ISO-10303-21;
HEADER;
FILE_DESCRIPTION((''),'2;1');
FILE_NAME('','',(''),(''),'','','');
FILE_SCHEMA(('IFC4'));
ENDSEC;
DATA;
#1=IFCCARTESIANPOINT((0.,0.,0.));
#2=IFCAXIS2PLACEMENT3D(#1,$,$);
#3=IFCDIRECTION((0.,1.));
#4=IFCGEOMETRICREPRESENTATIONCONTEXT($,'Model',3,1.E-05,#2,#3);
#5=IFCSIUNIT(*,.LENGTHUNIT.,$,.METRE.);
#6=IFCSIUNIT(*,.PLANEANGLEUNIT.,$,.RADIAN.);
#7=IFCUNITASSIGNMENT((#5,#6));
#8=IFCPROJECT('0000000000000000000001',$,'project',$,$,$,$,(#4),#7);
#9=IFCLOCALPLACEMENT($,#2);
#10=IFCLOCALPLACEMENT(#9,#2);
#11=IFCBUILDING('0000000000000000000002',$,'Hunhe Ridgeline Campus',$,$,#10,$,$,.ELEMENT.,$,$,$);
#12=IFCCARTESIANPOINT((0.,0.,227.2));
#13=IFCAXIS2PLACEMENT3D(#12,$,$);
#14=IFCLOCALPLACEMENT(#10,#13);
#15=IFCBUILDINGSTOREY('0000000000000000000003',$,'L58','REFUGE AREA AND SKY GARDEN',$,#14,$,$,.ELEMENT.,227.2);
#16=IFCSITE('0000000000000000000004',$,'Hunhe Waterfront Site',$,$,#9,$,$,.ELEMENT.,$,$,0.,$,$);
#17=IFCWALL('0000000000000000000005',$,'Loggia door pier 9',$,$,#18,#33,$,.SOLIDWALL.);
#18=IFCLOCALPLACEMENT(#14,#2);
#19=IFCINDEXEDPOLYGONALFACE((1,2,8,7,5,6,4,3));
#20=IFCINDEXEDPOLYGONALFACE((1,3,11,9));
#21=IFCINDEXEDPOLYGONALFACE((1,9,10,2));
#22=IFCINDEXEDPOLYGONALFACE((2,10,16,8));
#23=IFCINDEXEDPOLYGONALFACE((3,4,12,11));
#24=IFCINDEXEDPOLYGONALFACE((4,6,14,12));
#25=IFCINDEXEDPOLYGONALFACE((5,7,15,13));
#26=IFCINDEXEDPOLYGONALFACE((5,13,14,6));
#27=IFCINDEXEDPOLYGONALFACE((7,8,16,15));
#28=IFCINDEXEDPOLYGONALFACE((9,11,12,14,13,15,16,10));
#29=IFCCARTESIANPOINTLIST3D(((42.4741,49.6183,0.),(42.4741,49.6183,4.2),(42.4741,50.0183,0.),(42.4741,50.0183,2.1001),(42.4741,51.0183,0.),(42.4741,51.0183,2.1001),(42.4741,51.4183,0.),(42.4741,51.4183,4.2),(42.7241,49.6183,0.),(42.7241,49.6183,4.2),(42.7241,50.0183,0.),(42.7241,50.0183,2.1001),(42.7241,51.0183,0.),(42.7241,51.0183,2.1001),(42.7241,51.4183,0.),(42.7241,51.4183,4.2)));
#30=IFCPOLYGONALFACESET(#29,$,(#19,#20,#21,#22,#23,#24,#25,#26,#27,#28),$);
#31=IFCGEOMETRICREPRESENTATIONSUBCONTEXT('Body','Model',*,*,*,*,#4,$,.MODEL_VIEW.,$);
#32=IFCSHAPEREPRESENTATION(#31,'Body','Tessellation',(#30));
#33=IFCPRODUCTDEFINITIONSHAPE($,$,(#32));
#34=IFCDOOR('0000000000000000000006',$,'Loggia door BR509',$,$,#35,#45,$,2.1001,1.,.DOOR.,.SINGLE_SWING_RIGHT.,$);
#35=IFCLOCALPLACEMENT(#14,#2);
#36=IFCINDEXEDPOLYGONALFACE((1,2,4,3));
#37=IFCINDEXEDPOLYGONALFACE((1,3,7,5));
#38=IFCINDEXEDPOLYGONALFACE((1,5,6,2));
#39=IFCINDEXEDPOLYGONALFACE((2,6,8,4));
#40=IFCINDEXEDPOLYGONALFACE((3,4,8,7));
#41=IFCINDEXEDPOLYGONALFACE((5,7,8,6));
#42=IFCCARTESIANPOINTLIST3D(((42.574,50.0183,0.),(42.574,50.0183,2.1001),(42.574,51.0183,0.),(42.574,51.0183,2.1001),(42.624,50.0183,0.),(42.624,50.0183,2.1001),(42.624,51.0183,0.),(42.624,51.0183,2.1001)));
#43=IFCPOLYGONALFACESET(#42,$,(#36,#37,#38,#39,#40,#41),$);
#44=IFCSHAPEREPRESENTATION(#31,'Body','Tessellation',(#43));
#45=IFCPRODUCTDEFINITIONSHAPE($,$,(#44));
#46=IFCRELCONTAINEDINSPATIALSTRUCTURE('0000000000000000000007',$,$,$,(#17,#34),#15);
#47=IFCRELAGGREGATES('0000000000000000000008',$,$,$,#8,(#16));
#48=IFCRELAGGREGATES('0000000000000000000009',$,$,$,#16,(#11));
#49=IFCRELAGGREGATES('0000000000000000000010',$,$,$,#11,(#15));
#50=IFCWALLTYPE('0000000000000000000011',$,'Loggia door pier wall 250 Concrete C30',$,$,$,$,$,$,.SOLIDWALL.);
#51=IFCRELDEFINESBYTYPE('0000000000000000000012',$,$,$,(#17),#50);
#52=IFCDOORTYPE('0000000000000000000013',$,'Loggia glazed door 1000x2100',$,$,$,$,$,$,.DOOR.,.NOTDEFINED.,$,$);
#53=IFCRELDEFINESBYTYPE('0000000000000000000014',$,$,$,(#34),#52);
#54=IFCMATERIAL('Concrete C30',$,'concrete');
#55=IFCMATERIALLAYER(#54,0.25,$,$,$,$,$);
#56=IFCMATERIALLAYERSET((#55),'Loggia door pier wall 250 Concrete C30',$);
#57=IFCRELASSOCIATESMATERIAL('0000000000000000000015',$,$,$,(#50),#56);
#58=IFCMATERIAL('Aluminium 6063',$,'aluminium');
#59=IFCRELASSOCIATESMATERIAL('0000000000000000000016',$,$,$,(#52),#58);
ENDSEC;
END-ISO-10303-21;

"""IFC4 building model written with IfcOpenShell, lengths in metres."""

from ifc_helpers import new_model, si_unit, direction, frame, frame_2d, origin, place, context, subcontext, project, spatial, rectangle, extrude, material, layer, layer_set, type_object, element, fill, save


model = new_model("IFC4")

# Units and contexts
model_context = context("Model", 3, precision=1e-05, world=origin(), true_north=direction((0.0, 1.0)))
body_context = subcontext(model_context, "Body", "Model", "MODEL_VIEW")
ifc_project = project(units=[si_unit("LENGTHUNIT", "METRE"), si_unit("PLANEANGLEUNIT", "RADIAN")], contexts=[model_context])

# Site, building, storey
site_placement = place(None, origin())
site = spatial("IfcSite", under=ifc_project, at=site_placement, Name="Hunhe Waterfront Site", CompositionType="ELEMENT", RefElevation=0.0)
building_placement = place(site_placement, origin())
building = spatial("IfcBuilding", under=site, at=building_placement, Name="Hunhe Ridgeline Campus", CompositionType="ELEMENT")
storey_placement = place(building_placement, frame((0.0, 0.0, 227.2)))
storey = spatial("IfcBuildingStorey", under=building, at=storey_placement, Name="L58", Description="REFUGE AREA AND SKY GARDEN", CompositionType="ELEMENT", Elevation=227.2)

# Shared definitions
ifc_material_1 = material(Name="Aluminium 6063", Category="aluminium")

# Wall, opening, door
ifc_material_2 = material(Name="Concrete C30", Category="concrete")
ifc_layer_1 = layer(ifc_material_2, 0.25)
ifc_layer_set_1 = layer_set([ifc_layer_1], Name="Loggia door pier wall 250 Concrete C30")
wall_type_1 = type_object("IfcWallType", Name="Loggia door pier wall 250 Concrete C30", PredefinedType="SOLIDWALL", material=ifc_layer_set_1)
wall_1_placement = place(storey_placement, frame((42.5991, 49.6184, 0.0), z_axis=(0.0, 0.0, 1.0), x_axis=(0.0, 1.0, 0.0)))
wall_1 = element("IfcWall", 1, at=wall_1_placement, inside=storey, type_object=wall_type_1, Name="Loggia door pier 9", PredefinedType="SOLIDWALL", context=body_context, shape_type="SweptSolid", body=[
    extrude(rectangle(XDim=1.8, YDim=0.25, at=frame_2d((0.8999, 0.0))), origin(), (0.0, 0.0, 1.0), 4.2),
])
opening_1_placement = place(wall_1_placement, frame((0.3999, 0.0, 0.0)))
opening_1 = element("IfcOpeningElement", 2, at=opening_1_placement, cuts=wall_1, PredefinedType="OPENING", context=body_context, shape_type="SweptSolid", body=[
    extrude(rectangle(XDim=1.0, YDim=2.1001, at=frame_2d((0.5, 1.05))), frame((0.0, 0.125, 0.0), z_axis=(0.0, -1.0, 0.0), x_axis=(1.0, 0.0, 0.0)), (0.0, 0.0, 1.0), 0.25),
])
door_type_1 = type_object("IfcDoorType", Name="Loggia glazed door 1000x2100", OperationType="NOTDEFINED", PredefinedType="DOOR", material=ifc_material_1)
door_1_placement = place(opening_1_placement, frame((1.0, 0.0, 0.0), z_axis=(0.0, 0.0, 1.0), x_axis=(-1.0, 0.0, 0.0)))
door_1 = element("IfcDoor", 3, at=door_1_placement, inside=storey, type_object=door_type_1, Name="Loggia door BR509", OperationType="SINGLE_SWING_RIGHT", OverallHeight=2.1001, OverallWidth=1.0, PredefinedType="DOOR", context=body_context, shape_type="SweptSolid", body=[
    extrude(rectangle(XDim=1.0, YDim=2.1001, at=frame_2d((0.5, 1.05))), frame((0.0, 0.0249, 0.0), z_axis=(0.0, -1.0, 0.0), x_axis=(1.0, 0.0, 0.0)), (0.0, 0.0, 1.0), 0.05),
])
fill(opening_1, door_1)

save(model, "model.ifc")
